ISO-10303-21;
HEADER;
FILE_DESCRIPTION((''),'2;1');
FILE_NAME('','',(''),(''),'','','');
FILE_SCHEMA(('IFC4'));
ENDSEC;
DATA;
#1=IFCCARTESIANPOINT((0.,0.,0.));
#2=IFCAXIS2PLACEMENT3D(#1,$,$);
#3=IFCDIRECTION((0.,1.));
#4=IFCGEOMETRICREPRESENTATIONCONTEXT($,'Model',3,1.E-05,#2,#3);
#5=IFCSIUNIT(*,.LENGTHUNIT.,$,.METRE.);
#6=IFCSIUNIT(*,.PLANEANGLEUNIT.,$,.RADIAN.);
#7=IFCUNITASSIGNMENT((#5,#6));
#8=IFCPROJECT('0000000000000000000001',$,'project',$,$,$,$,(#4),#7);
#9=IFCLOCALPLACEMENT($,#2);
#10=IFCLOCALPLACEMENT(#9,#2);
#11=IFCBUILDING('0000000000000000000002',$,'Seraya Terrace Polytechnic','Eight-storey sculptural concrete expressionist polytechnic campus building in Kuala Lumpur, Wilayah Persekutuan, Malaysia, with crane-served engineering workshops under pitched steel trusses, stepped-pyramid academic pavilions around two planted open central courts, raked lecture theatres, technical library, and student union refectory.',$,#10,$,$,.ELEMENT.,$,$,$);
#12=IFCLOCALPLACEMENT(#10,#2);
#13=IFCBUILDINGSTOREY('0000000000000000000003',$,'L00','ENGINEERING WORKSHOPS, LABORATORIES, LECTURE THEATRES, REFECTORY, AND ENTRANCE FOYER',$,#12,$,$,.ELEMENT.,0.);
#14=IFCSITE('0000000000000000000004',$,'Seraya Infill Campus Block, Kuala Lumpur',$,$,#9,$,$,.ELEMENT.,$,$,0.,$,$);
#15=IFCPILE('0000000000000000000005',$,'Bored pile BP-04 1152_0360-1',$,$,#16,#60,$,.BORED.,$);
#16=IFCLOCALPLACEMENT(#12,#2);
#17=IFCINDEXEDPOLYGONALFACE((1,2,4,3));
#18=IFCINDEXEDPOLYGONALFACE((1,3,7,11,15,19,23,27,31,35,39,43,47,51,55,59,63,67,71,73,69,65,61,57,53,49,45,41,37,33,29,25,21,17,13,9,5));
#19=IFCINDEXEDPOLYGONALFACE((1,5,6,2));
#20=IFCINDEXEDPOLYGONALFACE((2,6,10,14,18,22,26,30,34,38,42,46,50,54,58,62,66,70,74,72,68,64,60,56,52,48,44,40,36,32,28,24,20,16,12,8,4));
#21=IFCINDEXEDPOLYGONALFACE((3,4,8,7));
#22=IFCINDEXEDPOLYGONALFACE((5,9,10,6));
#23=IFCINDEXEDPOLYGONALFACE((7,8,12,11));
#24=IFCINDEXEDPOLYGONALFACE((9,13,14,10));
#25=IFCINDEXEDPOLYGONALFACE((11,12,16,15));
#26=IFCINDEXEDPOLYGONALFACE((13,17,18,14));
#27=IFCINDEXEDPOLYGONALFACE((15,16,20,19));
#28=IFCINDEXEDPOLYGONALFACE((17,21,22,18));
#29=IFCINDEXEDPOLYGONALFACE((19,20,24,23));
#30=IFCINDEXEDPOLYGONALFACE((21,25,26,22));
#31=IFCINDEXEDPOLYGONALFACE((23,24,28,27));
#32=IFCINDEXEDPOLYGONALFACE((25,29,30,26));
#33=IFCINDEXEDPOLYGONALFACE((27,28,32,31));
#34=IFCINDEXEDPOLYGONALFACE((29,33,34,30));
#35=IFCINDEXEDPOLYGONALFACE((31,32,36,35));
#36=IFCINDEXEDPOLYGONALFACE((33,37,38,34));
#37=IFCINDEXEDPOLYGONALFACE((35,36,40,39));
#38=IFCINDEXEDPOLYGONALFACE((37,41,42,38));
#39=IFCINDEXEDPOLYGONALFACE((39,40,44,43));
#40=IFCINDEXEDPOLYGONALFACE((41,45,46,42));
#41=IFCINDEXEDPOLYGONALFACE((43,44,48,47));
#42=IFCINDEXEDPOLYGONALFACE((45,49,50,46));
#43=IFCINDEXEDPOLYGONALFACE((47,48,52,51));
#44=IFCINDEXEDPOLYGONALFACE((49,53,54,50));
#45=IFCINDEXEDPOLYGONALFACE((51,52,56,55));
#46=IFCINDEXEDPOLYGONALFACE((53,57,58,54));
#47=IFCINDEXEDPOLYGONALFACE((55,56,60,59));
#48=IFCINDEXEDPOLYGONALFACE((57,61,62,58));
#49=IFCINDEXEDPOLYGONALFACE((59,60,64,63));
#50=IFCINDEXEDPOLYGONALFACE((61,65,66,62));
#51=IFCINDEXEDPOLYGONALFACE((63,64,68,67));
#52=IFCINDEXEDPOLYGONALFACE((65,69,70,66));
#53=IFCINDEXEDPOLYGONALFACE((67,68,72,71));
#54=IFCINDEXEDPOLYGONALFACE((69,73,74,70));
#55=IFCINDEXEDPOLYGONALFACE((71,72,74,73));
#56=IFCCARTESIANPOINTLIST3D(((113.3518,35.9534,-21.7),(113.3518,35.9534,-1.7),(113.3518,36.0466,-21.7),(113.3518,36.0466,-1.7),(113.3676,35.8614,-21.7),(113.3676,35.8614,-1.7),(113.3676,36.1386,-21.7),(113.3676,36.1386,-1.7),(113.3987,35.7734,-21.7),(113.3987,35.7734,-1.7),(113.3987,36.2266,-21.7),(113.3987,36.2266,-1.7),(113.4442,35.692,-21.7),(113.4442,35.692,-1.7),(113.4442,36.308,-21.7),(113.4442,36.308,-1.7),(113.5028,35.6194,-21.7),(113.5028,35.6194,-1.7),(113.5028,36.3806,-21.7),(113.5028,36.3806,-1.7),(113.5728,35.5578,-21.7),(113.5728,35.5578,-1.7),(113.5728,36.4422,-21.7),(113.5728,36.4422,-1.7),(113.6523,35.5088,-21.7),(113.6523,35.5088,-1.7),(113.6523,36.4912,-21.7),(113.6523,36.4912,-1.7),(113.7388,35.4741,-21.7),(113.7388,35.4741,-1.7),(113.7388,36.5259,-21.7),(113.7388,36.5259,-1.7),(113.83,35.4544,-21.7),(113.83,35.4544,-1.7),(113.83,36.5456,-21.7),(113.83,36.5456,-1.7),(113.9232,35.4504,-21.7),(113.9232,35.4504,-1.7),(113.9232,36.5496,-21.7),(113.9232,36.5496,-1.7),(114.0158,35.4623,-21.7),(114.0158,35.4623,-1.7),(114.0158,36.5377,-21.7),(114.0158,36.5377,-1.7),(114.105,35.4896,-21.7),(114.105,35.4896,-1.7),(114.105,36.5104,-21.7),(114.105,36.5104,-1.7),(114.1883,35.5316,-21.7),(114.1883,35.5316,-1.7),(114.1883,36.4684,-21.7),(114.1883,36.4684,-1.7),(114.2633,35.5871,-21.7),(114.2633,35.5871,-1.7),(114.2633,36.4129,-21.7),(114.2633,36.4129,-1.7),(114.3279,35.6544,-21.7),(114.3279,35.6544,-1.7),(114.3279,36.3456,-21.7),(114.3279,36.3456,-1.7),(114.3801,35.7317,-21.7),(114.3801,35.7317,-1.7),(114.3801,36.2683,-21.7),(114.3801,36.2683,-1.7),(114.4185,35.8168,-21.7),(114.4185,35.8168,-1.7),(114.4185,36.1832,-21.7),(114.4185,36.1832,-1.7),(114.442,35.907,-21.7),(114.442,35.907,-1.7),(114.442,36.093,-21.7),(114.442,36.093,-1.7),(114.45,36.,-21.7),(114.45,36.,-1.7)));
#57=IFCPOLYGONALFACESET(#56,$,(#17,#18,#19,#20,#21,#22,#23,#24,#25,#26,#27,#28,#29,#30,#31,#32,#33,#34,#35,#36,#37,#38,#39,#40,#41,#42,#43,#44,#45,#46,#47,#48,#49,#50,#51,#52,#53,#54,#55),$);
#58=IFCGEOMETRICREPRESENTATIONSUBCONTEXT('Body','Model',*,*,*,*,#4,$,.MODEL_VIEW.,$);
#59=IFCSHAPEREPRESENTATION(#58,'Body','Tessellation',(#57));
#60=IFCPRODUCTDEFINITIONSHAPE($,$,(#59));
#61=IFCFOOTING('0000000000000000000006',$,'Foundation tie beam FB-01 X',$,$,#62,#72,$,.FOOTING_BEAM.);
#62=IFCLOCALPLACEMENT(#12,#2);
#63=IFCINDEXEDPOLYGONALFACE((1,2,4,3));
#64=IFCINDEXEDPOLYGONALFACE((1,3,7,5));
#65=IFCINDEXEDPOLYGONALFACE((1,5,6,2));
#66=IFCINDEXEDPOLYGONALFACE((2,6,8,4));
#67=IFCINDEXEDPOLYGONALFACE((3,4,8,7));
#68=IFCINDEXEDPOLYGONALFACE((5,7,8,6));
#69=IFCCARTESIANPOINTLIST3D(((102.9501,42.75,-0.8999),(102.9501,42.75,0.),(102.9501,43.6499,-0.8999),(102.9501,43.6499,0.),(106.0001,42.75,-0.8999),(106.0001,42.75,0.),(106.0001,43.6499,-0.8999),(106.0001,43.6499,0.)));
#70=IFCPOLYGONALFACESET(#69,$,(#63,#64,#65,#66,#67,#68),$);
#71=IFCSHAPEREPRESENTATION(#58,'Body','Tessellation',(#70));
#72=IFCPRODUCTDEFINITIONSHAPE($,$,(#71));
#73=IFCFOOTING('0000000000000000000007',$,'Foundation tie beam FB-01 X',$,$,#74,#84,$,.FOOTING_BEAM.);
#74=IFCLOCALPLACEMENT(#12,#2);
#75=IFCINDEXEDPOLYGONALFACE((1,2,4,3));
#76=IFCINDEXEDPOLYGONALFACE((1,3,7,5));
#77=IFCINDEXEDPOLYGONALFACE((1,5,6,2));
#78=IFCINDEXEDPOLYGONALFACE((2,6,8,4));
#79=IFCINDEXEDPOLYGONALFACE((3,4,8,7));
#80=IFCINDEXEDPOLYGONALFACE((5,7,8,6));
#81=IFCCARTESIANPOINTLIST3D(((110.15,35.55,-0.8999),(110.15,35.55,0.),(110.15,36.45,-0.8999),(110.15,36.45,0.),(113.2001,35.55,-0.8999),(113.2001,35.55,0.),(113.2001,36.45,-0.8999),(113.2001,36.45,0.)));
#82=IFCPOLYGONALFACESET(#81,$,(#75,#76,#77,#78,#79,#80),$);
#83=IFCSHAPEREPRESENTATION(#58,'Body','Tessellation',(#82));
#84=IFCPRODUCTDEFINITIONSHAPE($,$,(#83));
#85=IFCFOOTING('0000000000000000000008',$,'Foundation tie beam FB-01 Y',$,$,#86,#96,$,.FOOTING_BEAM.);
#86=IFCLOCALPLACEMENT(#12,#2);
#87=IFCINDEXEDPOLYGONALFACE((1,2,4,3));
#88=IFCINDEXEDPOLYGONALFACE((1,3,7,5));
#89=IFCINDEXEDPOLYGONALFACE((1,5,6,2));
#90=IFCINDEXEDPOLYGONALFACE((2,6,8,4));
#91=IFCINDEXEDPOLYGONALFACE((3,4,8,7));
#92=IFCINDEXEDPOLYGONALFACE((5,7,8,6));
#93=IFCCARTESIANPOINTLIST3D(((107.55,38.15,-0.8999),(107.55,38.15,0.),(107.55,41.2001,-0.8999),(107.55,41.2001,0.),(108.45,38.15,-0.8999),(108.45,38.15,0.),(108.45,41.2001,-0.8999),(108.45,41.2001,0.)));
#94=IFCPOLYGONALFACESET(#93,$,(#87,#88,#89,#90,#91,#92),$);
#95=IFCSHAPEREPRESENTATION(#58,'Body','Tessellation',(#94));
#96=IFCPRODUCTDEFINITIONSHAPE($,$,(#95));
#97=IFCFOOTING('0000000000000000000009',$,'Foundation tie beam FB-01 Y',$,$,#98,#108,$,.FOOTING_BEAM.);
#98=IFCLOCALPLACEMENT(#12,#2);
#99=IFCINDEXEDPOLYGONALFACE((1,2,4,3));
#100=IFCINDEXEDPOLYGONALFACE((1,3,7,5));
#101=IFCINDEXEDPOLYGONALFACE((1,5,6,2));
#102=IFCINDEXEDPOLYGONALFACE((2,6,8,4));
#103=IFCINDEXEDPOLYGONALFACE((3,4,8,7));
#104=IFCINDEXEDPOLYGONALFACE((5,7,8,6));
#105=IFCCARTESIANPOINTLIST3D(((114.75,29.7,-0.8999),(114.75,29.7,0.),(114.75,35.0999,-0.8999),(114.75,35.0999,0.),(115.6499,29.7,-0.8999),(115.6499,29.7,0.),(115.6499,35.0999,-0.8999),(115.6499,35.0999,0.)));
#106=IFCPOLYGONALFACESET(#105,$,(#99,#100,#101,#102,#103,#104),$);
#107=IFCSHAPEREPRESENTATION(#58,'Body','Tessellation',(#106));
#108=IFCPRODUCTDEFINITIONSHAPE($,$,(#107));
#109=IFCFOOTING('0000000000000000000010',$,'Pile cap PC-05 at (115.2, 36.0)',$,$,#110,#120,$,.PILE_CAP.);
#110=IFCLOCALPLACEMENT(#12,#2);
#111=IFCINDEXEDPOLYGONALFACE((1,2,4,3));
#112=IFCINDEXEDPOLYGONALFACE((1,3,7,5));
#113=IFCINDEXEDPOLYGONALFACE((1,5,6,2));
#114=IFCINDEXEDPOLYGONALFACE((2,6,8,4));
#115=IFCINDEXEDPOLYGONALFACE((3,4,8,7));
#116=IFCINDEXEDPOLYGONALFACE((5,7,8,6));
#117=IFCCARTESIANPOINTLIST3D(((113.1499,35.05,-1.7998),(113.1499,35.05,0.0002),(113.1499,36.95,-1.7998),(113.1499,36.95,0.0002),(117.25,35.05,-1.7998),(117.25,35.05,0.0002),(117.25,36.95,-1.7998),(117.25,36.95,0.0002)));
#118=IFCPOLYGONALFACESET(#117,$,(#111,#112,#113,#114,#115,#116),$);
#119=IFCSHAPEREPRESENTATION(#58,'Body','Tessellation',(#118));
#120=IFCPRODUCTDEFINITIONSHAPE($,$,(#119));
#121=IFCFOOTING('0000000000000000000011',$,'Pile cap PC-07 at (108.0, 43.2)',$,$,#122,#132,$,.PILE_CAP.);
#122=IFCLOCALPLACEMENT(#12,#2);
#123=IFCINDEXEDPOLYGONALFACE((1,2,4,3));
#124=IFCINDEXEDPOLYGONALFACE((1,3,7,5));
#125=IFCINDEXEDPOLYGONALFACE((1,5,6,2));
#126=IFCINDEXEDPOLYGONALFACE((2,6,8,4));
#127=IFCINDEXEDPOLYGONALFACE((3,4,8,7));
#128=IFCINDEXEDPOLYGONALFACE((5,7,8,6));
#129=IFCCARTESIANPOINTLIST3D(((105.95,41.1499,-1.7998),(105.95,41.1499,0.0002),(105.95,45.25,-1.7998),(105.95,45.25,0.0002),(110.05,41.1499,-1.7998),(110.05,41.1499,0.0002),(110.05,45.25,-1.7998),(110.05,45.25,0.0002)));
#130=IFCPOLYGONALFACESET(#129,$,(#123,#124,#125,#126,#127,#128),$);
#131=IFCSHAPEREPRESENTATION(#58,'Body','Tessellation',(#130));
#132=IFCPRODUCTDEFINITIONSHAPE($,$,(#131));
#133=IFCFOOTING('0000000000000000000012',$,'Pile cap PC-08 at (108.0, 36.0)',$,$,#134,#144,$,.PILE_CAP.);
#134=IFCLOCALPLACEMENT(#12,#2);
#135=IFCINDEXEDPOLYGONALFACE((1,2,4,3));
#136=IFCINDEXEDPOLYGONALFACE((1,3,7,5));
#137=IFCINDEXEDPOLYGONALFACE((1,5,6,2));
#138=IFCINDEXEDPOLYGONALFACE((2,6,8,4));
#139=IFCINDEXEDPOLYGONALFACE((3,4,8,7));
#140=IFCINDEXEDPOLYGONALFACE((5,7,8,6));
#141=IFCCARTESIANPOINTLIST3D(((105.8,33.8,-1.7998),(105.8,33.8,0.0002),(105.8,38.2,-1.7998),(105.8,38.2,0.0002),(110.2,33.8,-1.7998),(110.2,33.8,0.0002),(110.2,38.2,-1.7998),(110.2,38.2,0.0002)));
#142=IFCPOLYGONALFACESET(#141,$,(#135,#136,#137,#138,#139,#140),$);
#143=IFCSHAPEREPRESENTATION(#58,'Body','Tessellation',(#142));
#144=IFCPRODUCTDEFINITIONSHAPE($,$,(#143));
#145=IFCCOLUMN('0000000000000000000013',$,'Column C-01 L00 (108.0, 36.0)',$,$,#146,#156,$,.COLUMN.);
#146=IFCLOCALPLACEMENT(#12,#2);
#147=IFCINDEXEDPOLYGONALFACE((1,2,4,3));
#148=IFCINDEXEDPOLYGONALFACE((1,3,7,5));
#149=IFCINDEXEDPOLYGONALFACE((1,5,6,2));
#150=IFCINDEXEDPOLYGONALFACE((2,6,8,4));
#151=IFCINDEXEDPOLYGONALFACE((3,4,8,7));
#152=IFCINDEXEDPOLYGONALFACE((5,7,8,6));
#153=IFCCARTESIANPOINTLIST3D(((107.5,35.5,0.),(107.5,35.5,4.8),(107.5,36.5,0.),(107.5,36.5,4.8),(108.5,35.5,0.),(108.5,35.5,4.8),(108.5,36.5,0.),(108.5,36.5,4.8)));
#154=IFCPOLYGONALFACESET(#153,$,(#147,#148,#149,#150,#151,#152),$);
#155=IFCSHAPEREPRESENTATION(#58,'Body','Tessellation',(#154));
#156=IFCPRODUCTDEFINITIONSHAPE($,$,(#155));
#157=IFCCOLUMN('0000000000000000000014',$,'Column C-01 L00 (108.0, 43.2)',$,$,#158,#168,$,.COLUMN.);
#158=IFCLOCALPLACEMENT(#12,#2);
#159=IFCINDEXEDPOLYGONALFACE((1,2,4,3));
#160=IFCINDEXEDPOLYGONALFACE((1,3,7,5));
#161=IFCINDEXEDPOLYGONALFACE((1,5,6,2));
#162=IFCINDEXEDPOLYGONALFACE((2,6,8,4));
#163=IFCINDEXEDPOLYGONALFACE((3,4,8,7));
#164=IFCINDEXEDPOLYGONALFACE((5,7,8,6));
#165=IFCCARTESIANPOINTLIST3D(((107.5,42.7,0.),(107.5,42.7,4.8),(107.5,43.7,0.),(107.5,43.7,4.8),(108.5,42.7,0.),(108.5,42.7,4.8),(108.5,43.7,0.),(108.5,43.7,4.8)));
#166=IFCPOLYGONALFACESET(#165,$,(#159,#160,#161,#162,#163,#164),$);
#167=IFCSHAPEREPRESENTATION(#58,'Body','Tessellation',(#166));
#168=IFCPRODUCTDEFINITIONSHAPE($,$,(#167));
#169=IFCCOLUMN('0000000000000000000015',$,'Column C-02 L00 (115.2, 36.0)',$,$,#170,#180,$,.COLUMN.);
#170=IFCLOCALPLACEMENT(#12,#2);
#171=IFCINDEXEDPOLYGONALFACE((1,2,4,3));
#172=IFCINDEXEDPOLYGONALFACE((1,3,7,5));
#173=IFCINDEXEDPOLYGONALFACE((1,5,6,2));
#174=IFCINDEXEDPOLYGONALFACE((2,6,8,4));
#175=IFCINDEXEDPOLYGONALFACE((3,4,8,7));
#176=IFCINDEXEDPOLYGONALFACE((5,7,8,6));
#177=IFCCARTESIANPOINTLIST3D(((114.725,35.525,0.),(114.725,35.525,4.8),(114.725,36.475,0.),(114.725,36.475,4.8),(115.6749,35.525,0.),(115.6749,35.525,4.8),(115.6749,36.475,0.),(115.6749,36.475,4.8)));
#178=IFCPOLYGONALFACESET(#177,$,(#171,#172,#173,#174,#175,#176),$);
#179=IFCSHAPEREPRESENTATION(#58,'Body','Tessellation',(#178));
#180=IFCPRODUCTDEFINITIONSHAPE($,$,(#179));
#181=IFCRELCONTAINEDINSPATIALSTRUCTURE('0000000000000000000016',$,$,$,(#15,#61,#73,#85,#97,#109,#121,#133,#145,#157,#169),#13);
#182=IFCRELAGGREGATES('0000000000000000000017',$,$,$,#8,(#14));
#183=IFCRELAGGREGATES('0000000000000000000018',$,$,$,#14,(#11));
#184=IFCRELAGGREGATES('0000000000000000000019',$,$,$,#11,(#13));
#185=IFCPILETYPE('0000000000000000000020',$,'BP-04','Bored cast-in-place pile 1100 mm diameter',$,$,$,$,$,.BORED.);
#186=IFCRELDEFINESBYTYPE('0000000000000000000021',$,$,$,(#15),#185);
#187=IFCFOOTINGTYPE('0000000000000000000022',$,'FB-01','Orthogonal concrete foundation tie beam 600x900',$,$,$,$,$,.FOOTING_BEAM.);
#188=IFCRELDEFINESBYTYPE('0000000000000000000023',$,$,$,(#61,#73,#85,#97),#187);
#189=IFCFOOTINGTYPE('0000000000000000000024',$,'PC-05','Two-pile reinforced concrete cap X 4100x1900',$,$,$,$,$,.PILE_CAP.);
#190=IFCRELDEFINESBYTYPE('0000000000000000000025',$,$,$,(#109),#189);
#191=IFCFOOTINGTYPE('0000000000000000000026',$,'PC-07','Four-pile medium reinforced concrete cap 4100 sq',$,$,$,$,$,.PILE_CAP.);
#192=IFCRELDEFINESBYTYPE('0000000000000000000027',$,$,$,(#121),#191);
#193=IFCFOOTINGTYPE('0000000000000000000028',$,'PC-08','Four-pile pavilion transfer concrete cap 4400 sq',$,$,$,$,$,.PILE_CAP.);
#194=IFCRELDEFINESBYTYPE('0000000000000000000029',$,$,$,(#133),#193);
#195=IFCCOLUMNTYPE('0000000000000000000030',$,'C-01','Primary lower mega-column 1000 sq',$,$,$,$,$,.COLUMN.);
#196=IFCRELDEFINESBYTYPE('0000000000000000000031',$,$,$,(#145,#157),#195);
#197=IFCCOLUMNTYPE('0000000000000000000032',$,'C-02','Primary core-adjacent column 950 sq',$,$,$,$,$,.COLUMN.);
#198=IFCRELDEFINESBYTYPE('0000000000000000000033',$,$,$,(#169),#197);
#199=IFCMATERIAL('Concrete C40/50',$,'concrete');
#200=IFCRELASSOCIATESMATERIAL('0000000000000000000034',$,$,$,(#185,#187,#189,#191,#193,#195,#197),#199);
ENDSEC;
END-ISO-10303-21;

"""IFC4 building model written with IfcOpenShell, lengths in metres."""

from ifc_helpers import new_model, si_unit, direction, frame, origin, origin_2d, place, context, subcontext, project, spatial, rectangle, circle, extrude, material, material_profile, profile_set, type_object, element, save


model = new_model("IFC4")

# Units and contexts
model_context = context("Model", 3, precision=1e-05, world=origin(), true_north=direction((0.0, 1.0)))
body_context = subcontext(model_context, "Body", "Model", "MODEL_VIEW")
ifc_project = project(units=[si_unit("LENGTHUNIT", "METRE"), si_unit("PLANEANGLEUNIT", "RADIAN")], contexts=[model_context])

# Site, building, storey
site_placement = place(None, origin())
site = spatial("IfcSite", under=ifc_project, at=site_placement, Name="Seraya Infill Campus Block, Kuala Lumpur", CompositionType="ELEMENT", RefElevation=0.0)
building_placement = place(site_placement, origin())
building = spatial("IfcBuilding", under=site, at=building_placement, Name="Seraya Terrace Polytechnic", Description="Eight-storey sculptural concrete expressionist polytechnic campus building in Kuala Lumpur, Wilayah Persekutuan, Malaysia, with crane-served engineering workshops under pitched steel trusses, stepped-pyramid academic pavilions around two planted open central courts, raked lecture theatres, technical library, and student union refectory.", CompositionType="ELEMENT")
storey_placement = place(building_placement, origin())
storey = spatial("IfcBuildingStorey", under=building, at=storey_placement, Name="L00", Description="ENGINEERING WORKSHOPS, LABORATORIES, LECTURE THEATRES, REFECTORY, AND ENTRANCE FOYER", CompositionType="ELEMENT", Elevation=0.0)

# Pile
ifc_material_1 = material(Name="Concrete C40/50", Category="concrete")
ifc_material_profile_1 = material_profile(ifc_material_1, circle(Radius=0.55, at=origin_2d()), Name="DIA 1100")
ifc_profile_set_1 = profile_set([ifc_material_profile_1], Name="Concrete C40/50")
pile_type_1 = type_object("IfcPileType", Name="BP-04", Description="Bored cast-in-place pile 1100 mm diameter", PredefinedType="BORED", material=ifc_profile_set_1)
for number, where, z_axis, x_axis, name in (
    (1, (113.8999, 36.0, -1.7), (0.0, 0.0, -1.0), (1.0, 0.0, 0.0), "Bored pile BP-04 1152_0360-1"),
):
    element("IfcPile", number, at=place(storey_placement, frame(where, z_axis=z_axis, x_axis=x_axis)), inside=storey, type_object=pile_type_1, Name=name, PredefinedType="BORED", context=body_context, shape_type="SweptSolid", body=[
        extrude(circle(Radius=0.55, at=origin_2d()), origin(), (0.0, 0.0, 1.0), 20.0),
    ])

# Footings
footing_type_1 = type_object("IfcFootingType", Name="FB-01", Description="Orthogonal concrete foundation tie beam 600x900", PredefinedType="FOOTING_BEAM", material=ifc_material_1)
for number, where, z_axis, x_axis, name in (
    (2, (104.4751, 43.2, -0.8999), (0.0, 0.0, 1.0), (1.0, 0.0, 0.0), "Foundation tie beam FB-01 X"),
    (3, (111.675, 36.0, -0.8999), (0.0, 0.0, 1.0), (1.0, 0.0, 0.0), "Foundation tie beam FB-01 X"),
    (4, (108.0, 39.675, -0.8999), (0.0, 0.0, 1.0), (0.0, 1.0, 0.0), "Foundation tie beam FB-01 Y"),
):
    element("IfcFooting", number, at=place(storey_placement, frame(where, z_axis=z_axis, x_axis=x_axis)), inside=storey, type_object=footing_type_1, Name=name, PredefinedType="FOOTING_BEAM", context=body_context, shape_type="SweptSolid", body=[
        extrude(rectangle(XDim=3.05, YDim=0.8999, at=origin_2d()), origin(), (0.0, 0.0, 1.0), 0.8999),
    ])
footing_1_placement = place(storey_placement, frame((115.2, 32.3999, -0.8999), z_axis=(0.0, 0.0, 1.0), x_axis=(0.0, 1.0, 0.0)))
element("IfcFooting", 5, at=footing_1_placement, inside=storey, type_object=footing_type_1, Name="Foundation tie beam FB-01 Y", PredefinedType="FOOTING_BEAM", context=body_context, shape_type="SweptSolid", body=[
    extrude(rectangle(XDim=5.3999, YDim=0.8999, at=origin_2d()), origin(), (0.0, 0.0, 1.0), 0.8999),
])
footing_type_2 = type_object("IfcFootingType", Name="PC-05", Description="Two-pile reinforced concrete cap X 4100x1900", PredefinedType="PILE_CAP", material=ifc_material_1)
footing_2_placement = place(storey_placement, frame((115.2, 36.0, -1.7998), z_axis=(0.0, 0.0, 1.0), x_axis=(1.0, 0.0, 0.0)))
element("IfcFooting", 6, at=footing_2_placement, inside=storey, type_object=footing_type_2, Name="Pile cap PC-05 at (115.2, 36.0)", PredefinedType="PILE_CAP", context=body_context, shape_type="SweptSolid", body=[
    extrude(rectangle(XDim=4.1001, YDim=1.8999, at=origin_2d()), origin(), (0.0, 0.0, 1.0), 1.8),
])
footing_type_3 = type_object("IfcFootingType", Name="PC-07", Description="Four-pile medium reinforced concrete cap 4100 sq", PredefinedType="PILE_CAP", material=ifc_material_1)
footing_3_placement = place(storey_placement, frame((108.0, 43.2, -1.7998), z_axis=(0.0, 0.0, 1.0), x_axis=(1.0, 0.0, 0.0)))
element("IfcFooting", 7, at=footing_3_placement, inside=storey, type_object=footing_type_3, Name="Pile cap PC-07 at (108.0, 43.2)", PredefinedType="PILE_CAP", context=body_context, shape_type="SweptSolid", body=[
    extrude(rectangle(XDim=4.1001, YDim=4.1001, at=origin_2d()), origin(), (0.0, 0.0, 1.0), 1.8),
])
footing_type_4 = type_object("IfcFootingType", Name="PC-08", Description="Four-pile pavilion transfer concrete cap 4400 sq", PredefinedType="PILE_CAP", material=ifc_material_1)
footing_4_placement = place(storey_placement, frame((108.0, 36.0, -1.7998), z_axis=(0.0, 0.0, 1.0), x_axis=(1.0, 0.0, 0.0)))
element("IfcFooting", 8, at=footing_4_placement, inside=storey, type_object=footing_type_4, Name="Pile cap PC-08 at (108.0, 36.0)", PredefinedType="PILE_CAP", context=body_context, shape_type="SweptSolid", body=[
    extrude(rectangle(XDim=4.3999, YDim=4.3999, at=origin_2d()), origin(), (0.0, 0.0, 1.0), 1.8),
])

# Columns
ifc_material_profile_2 = material_profile(ifc_material_1, rectangle(XDim=1.0, YDim=1.0, at=origin_2d()), Name="RC 1000x1000")
ifc_profile_set_2 = profile_set([ifc_material_profile_2], Name="Concrete C40/50")
column_type_1 = type_object("IfcColumnType", Name="C-01", Description="Primary lower mega-column 1000 sq", PredefinedType="COLUMN", material=ifc_profile_set_2)
for number, where, z_axis, x_axis, name in (
    (9, (108.0, 36.0, 0.0), (0.0, 0.0, 1.0), (1.0, 0.0, 0.0), "Column C-01 L00 (108.0, 36.0)"),
    (10, (108.0, 43.2, 0.0), (0.0, 0.0, 1.0), (1.0, 0.0, 0.0), "Column C-01 L00 (108.0, 43.2)"),
):
    element("IfcColumn", number, at=place(storey_placement, frame(where, z_axis=z_axis, x_axis=x_axis)), inside=storey, type_object=column_type_1, Name=name, PredefinedType="COLUMN", context=body_context, shape_type="SweptSolid", body=[
        extrude(rectangle(XDim=1.0, YDim=1.0, at=origin_2d()), origin(), (0.0, 0.0, 1.0), 4.8),
    ])
ifc_material_profile_3 = material_profile(ifc_material_1, rectangle(XDim=0.95, YDim=0.95, at=origin_2d()), Name="RC 950x950")
ifc_profile_set_3 = profile_set([ifc_material_profile_3], Name="Concrete C40/50")
column_type_2 = type_object("IfcColumnType", Name="C-02", Description="Primary core-adjacent column 950 sq", PredefinedType="COLUMN", material=ifc_profile_set_3)
column_placement = place(storey_placement, frame((115.2, 36.0, 0.0), z_axis=(0.0, 0.0, 1.0), x_axis=(1.0, 0.0, 0.0)))
element("IfcColumn", 11, at=column_placement, inside=storey, type_object=column_type_2, Name="Column C-02 L00 (115.2, 36.0)", PredefinedType="COLUMN", context=body_context, shape_type="SweptSolid", body=[
    extrude(rectangle(XDim=0.95, YDim=0.95, at=origin_2d()), origin(), (0.0, 0.0, 1.0), 4.8),
])

save(model, "model.ifc")
